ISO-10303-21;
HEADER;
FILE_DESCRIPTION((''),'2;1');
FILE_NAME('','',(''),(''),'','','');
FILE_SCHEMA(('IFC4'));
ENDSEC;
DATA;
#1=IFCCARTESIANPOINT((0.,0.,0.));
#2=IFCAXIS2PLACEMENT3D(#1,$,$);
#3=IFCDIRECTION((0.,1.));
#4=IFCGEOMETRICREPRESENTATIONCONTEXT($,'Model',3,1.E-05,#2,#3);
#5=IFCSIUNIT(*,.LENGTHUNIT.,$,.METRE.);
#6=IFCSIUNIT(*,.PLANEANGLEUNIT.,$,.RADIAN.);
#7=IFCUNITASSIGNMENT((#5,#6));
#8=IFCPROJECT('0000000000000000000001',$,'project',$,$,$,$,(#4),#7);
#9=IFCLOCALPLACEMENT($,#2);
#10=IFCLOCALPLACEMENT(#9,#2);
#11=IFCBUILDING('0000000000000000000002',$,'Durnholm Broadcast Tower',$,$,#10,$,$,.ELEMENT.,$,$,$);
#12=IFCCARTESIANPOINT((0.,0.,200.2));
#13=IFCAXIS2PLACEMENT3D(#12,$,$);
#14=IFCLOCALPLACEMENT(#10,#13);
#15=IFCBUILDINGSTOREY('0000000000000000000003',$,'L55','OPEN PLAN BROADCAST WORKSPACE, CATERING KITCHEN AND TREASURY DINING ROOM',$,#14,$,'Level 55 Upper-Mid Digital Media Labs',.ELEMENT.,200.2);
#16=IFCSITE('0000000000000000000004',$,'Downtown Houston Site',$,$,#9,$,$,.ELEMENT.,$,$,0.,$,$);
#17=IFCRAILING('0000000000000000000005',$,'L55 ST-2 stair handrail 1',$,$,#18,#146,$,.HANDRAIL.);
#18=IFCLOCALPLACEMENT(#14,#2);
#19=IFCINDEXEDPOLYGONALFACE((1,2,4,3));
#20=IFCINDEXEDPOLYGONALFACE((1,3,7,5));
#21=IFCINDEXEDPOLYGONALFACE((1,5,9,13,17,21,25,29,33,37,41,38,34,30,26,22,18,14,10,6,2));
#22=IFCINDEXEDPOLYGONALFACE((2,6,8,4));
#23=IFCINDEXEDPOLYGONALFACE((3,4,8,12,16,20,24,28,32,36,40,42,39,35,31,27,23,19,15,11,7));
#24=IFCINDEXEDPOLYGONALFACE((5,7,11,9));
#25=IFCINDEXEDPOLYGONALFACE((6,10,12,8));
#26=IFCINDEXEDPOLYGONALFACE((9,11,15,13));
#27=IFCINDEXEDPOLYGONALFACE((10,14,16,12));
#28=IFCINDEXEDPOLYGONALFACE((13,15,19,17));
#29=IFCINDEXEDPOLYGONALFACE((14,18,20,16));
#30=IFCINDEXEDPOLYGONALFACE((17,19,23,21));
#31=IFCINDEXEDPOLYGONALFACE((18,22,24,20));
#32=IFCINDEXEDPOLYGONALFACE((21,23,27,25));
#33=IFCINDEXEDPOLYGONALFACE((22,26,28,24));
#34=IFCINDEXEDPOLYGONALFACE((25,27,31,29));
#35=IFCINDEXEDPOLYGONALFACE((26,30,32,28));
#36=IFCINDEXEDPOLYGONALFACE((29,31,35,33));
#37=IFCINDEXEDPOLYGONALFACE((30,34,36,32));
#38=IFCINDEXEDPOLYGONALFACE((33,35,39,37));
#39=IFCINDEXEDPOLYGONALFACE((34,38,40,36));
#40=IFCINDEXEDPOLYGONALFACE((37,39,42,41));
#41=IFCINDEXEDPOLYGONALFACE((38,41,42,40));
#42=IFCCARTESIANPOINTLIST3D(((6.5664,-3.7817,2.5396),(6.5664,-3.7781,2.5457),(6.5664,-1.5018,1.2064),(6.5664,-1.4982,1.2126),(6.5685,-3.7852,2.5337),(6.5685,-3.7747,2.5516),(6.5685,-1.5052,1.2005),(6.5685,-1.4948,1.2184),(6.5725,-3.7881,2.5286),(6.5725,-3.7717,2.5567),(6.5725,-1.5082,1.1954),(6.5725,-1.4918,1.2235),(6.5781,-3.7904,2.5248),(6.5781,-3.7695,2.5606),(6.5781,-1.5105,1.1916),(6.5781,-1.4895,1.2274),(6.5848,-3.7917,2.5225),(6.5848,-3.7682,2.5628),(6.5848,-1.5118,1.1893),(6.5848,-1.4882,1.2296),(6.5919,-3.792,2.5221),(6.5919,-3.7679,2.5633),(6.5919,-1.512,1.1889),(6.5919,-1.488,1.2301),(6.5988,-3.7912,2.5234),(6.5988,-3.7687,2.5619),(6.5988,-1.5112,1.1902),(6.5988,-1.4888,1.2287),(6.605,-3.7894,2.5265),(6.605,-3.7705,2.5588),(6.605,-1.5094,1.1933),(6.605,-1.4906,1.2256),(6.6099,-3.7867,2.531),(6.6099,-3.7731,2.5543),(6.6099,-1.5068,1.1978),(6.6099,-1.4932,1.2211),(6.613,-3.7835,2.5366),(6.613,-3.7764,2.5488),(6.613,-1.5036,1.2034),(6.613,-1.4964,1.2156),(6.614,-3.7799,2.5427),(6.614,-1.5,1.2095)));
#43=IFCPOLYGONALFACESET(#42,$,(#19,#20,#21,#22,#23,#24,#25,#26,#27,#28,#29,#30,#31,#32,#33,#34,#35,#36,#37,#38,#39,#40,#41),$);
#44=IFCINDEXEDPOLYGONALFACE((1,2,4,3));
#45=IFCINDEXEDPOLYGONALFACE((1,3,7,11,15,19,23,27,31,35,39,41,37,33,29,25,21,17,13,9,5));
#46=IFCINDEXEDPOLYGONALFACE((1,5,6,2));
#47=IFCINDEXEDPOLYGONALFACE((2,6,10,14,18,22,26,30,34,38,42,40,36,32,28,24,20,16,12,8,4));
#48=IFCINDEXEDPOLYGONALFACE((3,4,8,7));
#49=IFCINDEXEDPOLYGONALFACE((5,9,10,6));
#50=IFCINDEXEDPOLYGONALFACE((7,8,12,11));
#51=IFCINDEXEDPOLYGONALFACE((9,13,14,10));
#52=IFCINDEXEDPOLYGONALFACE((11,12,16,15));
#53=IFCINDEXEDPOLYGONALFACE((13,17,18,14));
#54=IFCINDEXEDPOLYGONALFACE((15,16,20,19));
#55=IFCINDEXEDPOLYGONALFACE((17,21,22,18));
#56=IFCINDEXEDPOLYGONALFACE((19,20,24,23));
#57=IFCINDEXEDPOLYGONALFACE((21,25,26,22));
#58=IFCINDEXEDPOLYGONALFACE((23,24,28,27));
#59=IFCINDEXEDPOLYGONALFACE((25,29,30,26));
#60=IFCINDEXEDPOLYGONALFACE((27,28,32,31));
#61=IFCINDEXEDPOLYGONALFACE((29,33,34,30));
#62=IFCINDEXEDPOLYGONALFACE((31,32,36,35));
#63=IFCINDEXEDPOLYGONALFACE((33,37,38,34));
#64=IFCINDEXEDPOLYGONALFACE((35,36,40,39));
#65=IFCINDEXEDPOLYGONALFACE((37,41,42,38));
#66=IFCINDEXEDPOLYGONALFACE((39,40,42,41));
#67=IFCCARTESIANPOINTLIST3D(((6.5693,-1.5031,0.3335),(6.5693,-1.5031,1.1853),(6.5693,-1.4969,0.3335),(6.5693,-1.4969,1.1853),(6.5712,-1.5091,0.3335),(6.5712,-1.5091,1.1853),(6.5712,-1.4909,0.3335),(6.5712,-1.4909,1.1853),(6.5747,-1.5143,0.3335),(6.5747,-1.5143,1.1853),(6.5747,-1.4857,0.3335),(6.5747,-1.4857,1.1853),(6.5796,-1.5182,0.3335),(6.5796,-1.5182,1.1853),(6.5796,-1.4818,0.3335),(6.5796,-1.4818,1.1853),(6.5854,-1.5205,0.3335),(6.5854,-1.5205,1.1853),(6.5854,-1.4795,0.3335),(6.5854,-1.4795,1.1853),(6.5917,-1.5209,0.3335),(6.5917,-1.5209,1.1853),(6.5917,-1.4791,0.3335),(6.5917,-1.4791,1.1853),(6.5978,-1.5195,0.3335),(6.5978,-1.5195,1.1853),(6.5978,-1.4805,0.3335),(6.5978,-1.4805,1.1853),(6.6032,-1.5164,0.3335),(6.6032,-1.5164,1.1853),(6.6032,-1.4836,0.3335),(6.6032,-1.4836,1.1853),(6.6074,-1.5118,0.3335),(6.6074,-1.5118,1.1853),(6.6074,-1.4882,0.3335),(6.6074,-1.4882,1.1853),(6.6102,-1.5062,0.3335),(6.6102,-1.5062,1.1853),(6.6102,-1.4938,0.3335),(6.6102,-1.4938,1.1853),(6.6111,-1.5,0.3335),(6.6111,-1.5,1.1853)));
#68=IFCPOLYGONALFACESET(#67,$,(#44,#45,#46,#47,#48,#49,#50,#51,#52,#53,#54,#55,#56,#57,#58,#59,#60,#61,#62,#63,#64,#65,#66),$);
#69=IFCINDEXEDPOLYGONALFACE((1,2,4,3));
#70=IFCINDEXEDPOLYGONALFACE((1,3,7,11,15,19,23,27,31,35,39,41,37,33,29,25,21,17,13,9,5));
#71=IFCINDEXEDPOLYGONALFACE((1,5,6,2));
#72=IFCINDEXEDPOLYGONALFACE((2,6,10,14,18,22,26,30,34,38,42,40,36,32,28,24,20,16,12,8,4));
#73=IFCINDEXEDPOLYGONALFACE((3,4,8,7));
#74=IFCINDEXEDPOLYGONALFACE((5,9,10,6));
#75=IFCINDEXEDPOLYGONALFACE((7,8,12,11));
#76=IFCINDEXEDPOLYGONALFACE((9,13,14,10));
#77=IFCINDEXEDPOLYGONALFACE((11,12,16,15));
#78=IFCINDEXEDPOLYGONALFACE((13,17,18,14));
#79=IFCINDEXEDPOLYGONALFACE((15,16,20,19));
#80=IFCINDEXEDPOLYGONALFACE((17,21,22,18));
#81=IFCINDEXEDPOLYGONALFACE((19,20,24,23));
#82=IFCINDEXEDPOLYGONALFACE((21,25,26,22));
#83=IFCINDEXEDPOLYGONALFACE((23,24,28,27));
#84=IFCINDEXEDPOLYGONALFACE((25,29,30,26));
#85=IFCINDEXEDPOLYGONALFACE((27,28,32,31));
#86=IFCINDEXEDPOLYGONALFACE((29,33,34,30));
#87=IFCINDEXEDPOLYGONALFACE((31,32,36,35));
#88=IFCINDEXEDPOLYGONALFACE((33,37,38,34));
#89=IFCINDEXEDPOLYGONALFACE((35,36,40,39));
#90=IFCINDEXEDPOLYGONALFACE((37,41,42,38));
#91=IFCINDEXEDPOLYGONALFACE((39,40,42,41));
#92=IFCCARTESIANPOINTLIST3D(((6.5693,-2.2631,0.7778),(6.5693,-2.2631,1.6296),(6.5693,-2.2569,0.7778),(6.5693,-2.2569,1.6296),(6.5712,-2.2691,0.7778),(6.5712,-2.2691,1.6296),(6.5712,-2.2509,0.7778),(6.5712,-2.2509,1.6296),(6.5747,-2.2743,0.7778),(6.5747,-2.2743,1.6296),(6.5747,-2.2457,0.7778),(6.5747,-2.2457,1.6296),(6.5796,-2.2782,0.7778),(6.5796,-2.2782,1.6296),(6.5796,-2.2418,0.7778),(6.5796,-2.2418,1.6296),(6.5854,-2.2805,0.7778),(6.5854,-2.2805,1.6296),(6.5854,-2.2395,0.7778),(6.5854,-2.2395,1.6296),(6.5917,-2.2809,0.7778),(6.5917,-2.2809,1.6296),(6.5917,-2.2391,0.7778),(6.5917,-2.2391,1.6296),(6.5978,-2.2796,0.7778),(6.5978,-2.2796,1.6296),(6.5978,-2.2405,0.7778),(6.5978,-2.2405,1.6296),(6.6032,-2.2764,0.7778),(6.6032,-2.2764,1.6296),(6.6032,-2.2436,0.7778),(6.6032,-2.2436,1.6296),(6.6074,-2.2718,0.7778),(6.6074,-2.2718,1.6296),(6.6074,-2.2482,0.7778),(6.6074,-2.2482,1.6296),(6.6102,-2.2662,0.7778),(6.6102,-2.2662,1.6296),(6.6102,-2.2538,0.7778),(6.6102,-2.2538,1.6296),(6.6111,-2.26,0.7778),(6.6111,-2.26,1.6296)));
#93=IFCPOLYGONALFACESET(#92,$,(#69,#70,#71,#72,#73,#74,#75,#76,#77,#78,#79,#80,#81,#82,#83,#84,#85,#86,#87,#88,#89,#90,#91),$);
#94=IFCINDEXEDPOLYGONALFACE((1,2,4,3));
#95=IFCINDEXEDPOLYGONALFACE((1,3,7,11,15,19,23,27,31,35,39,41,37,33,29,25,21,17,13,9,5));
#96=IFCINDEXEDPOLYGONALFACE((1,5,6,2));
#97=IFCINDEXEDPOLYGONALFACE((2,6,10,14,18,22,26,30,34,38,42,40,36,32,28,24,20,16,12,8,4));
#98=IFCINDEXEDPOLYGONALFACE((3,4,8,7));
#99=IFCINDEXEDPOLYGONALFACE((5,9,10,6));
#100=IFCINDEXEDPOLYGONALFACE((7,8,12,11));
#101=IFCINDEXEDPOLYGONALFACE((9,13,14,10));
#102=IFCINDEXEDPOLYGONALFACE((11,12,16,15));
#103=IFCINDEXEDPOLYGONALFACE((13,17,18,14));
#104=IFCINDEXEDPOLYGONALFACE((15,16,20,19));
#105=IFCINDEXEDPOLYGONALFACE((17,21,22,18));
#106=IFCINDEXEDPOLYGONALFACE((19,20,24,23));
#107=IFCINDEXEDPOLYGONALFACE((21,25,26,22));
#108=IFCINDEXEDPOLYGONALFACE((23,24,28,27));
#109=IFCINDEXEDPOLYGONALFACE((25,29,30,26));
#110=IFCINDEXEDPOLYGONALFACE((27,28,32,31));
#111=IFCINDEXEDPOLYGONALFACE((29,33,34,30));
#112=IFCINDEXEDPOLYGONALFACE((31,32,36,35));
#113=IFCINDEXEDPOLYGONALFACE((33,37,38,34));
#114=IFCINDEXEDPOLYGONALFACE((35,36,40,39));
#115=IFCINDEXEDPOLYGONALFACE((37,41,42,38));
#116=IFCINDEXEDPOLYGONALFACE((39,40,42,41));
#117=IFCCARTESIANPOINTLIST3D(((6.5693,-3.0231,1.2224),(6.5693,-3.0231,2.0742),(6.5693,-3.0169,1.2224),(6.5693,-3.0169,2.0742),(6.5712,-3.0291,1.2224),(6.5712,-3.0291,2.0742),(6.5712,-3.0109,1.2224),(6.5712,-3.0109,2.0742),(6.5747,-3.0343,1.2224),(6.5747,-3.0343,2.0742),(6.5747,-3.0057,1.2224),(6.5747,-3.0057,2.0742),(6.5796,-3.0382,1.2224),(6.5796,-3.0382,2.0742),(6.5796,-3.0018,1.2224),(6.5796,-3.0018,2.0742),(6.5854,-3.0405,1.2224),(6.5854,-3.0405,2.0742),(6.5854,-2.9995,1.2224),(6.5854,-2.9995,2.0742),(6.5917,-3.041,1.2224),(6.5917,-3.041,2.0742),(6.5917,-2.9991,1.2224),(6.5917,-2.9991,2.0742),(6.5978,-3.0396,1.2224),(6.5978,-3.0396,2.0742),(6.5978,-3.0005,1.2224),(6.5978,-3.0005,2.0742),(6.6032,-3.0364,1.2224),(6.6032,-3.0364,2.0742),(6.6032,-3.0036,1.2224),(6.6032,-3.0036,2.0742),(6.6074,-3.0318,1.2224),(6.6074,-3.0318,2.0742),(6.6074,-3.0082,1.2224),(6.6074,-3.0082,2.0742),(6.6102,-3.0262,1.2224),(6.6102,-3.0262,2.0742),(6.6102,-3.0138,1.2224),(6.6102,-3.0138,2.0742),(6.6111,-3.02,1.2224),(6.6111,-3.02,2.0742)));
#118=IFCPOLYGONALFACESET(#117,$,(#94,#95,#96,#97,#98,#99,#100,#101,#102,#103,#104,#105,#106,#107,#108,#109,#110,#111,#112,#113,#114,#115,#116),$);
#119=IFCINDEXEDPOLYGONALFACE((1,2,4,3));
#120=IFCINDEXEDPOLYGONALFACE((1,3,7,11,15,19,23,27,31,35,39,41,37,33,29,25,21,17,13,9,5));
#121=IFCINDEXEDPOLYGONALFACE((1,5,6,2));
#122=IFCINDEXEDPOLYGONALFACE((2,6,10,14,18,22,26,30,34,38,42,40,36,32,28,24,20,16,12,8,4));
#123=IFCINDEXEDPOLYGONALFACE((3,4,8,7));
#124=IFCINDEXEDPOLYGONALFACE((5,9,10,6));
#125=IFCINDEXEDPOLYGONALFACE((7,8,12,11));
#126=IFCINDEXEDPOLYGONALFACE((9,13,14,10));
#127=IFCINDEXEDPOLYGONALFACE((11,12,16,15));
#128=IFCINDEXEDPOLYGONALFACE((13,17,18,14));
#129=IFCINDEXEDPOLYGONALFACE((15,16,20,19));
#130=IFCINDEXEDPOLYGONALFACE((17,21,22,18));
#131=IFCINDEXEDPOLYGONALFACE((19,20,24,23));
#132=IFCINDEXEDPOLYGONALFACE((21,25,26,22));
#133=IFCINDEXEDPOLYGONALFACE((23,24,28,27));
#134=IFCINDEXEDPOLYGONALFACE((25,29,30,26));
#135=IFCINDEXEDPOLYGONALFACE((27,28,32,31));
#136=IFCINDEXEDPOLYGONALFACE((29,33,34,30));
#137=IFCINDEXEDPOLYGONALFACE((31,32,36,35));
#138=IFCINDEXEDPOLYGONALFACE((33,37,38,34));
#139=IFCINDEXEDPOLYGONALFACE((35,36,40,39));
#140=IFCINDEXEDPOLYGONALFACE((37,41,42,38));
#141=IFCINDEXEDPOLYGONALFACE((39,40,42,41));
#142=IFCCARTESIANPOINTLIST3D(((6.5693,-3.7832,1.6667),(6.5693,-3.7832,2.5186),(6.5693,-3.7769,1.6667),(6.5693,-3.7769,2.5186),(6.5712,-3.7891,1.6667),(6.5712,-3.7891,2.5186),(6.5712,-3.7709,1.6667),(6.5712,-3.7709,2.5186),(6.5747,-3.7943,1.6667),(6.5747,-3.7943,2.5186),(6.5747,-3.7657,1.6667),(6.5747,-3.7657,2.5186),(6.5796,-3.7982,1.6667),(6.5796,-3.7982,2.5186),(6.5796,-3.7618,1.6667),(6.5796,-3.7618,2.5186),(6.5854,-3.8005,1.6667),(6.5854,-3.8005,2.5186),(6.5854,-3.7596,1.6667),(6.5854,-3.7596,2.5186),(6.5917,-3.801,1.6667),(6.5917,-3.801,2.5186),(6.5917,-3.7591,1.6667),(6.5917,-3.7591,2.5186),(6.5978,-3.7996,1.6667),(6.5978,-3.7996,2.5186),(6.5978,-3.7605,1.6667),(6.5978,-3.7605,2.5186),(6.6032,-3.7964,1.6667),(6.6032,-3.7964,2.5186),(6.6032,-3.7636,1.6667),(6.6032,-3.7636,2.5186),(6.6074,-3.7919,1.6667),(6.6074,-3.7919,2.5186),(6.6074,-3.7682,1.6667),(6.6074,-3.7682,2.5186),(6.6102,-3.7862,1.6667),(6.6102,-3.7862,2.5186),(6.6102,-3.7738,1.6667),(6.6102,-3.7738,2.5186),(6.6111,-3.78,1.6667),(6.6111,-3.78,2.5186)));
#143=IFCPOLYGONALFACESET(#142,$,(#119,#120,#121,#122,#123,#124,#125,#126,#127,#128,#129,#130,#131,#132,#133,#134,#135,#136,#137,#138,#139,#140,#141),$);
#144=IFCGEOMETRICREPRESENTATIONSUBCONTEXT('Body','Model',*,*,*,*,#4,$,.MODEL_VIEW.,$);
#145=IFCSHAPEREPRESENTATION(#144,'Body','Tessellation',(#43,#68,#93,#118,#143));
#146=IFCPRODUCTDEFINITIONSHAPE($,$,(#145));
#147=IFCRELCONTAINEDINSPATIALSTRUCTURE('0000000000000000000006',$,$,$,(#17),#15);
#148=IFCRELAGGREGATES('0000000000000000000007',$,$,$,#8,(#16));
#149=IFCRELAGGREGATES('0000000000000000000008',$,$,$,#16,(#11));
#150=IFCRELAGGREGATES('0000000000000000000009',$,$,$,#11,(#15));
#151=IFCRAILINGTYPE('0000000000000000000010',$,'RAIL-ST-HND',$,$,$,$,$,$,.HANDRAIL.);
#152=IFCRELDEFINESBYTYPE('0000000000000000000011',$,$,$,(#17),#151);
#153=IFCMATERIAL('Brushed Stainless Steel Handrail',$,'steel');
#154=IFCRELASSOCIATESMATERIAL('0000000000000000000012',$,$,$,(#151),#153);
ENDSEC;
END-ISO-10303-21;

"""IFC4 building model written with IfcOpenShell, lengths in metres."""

from ifc_helpers import new_model, si_unit, direction, frame, origin, origin_2d, place, context, subcontext, project, spatial, circle, extrude, material, type_object, element, save


model = new_model("IFC4")

# Units and contexts
model_context = context("Model", 3, precision=1e-05, world=origin(), true_north=direction((0.0, 1.0)))
body_context = subcontext(model_context, "Body", "Model", "MODEL_VIEW")
ifc_project = project(units=[si_unit("LENGTHUNIT", "METRE"), si_unit("PLANEANGLEUNIT", "RADIAN")], contexts=[model_context])

# Site, building, storey
site_placement = place(None, origin())
site = spatial("IfcSite", under=ifc_project, at=site_placement, Name="Downtown Houston Site", CompositionType="ELEMENT", RefElevation=0.0)
building_placement = place(site_placement, origin())
building = spatial("IfcBuilding", under=site, at=building_placement, Name="Durnholm Broadcast Tower", CompositionType="ELEMENT")
storey_placement = place(building_placement, frame((0.0, 0.0, 200.2)))
storey = spatial("IfcBuildingStorey", under=building, at=storey_placement, Name="L55", Description="OPEN PLAN BROADCAST WORKSPACE, CATERING KITCHEN AND TREASURY DINING ROOM", LongName="Level 55 Upper-Mid Digital Media Labs", CompositionType="ELEMENT", Elevation=200.2)

# Railing
ifc_material_1 = material(Name="Brushed Stainless Steel Handrail", Category="steel")
railing_type_1 = type_object("IfcRailingType", Name="RAIL-ST-HND", PredefinedType="HANDRAIL", material=ifc_material_1)
railing_1_placement = place(storey_placement, frame((6.5901, -1.5, 0.3335)))
element("IfcRailing", 1, at=railing_1_placement, inside=storey, type_object=railing_type_1, Name="L55 ST-2 stair handrail 1", PredefinedType="HANDRAIL", context=body_context, shape_type="SweptSolid", body=[
    extrude(circle(Radius=0.0239, at=origin_2d()), frame((0.0, 0.0, 0.876), z_axis=(0.0, -0.863245, 0.504785), x_axis=(1.0, 0.0, 0.0)), (0.0, 0.0, 1.0), 2.6411),
    extrude(circle(Radius=0.021, at=origin_2d()), origin(), (0.0, 0.0, 1.0), 0.8518),
    extrude(circle(Radius=0.021, at=origin_2d()), frame((0.0, -0.76, 0.4443)), (0.0, 0.0, 1.0), 0.8518),
    extrude(circle(Radius=0.021, at=origin_2d()), frame((0.0, -1.52, 0.8889)), (0.0, 0.0, 1.0), 0.8518),
    extrude(circle(Radius=0.021, at=origin_2d()), frame((0.0, -2.28, 1.3333)), (0.0, 0.0, 1.0), 0.8518),
])

save(model, "model.ifc")
